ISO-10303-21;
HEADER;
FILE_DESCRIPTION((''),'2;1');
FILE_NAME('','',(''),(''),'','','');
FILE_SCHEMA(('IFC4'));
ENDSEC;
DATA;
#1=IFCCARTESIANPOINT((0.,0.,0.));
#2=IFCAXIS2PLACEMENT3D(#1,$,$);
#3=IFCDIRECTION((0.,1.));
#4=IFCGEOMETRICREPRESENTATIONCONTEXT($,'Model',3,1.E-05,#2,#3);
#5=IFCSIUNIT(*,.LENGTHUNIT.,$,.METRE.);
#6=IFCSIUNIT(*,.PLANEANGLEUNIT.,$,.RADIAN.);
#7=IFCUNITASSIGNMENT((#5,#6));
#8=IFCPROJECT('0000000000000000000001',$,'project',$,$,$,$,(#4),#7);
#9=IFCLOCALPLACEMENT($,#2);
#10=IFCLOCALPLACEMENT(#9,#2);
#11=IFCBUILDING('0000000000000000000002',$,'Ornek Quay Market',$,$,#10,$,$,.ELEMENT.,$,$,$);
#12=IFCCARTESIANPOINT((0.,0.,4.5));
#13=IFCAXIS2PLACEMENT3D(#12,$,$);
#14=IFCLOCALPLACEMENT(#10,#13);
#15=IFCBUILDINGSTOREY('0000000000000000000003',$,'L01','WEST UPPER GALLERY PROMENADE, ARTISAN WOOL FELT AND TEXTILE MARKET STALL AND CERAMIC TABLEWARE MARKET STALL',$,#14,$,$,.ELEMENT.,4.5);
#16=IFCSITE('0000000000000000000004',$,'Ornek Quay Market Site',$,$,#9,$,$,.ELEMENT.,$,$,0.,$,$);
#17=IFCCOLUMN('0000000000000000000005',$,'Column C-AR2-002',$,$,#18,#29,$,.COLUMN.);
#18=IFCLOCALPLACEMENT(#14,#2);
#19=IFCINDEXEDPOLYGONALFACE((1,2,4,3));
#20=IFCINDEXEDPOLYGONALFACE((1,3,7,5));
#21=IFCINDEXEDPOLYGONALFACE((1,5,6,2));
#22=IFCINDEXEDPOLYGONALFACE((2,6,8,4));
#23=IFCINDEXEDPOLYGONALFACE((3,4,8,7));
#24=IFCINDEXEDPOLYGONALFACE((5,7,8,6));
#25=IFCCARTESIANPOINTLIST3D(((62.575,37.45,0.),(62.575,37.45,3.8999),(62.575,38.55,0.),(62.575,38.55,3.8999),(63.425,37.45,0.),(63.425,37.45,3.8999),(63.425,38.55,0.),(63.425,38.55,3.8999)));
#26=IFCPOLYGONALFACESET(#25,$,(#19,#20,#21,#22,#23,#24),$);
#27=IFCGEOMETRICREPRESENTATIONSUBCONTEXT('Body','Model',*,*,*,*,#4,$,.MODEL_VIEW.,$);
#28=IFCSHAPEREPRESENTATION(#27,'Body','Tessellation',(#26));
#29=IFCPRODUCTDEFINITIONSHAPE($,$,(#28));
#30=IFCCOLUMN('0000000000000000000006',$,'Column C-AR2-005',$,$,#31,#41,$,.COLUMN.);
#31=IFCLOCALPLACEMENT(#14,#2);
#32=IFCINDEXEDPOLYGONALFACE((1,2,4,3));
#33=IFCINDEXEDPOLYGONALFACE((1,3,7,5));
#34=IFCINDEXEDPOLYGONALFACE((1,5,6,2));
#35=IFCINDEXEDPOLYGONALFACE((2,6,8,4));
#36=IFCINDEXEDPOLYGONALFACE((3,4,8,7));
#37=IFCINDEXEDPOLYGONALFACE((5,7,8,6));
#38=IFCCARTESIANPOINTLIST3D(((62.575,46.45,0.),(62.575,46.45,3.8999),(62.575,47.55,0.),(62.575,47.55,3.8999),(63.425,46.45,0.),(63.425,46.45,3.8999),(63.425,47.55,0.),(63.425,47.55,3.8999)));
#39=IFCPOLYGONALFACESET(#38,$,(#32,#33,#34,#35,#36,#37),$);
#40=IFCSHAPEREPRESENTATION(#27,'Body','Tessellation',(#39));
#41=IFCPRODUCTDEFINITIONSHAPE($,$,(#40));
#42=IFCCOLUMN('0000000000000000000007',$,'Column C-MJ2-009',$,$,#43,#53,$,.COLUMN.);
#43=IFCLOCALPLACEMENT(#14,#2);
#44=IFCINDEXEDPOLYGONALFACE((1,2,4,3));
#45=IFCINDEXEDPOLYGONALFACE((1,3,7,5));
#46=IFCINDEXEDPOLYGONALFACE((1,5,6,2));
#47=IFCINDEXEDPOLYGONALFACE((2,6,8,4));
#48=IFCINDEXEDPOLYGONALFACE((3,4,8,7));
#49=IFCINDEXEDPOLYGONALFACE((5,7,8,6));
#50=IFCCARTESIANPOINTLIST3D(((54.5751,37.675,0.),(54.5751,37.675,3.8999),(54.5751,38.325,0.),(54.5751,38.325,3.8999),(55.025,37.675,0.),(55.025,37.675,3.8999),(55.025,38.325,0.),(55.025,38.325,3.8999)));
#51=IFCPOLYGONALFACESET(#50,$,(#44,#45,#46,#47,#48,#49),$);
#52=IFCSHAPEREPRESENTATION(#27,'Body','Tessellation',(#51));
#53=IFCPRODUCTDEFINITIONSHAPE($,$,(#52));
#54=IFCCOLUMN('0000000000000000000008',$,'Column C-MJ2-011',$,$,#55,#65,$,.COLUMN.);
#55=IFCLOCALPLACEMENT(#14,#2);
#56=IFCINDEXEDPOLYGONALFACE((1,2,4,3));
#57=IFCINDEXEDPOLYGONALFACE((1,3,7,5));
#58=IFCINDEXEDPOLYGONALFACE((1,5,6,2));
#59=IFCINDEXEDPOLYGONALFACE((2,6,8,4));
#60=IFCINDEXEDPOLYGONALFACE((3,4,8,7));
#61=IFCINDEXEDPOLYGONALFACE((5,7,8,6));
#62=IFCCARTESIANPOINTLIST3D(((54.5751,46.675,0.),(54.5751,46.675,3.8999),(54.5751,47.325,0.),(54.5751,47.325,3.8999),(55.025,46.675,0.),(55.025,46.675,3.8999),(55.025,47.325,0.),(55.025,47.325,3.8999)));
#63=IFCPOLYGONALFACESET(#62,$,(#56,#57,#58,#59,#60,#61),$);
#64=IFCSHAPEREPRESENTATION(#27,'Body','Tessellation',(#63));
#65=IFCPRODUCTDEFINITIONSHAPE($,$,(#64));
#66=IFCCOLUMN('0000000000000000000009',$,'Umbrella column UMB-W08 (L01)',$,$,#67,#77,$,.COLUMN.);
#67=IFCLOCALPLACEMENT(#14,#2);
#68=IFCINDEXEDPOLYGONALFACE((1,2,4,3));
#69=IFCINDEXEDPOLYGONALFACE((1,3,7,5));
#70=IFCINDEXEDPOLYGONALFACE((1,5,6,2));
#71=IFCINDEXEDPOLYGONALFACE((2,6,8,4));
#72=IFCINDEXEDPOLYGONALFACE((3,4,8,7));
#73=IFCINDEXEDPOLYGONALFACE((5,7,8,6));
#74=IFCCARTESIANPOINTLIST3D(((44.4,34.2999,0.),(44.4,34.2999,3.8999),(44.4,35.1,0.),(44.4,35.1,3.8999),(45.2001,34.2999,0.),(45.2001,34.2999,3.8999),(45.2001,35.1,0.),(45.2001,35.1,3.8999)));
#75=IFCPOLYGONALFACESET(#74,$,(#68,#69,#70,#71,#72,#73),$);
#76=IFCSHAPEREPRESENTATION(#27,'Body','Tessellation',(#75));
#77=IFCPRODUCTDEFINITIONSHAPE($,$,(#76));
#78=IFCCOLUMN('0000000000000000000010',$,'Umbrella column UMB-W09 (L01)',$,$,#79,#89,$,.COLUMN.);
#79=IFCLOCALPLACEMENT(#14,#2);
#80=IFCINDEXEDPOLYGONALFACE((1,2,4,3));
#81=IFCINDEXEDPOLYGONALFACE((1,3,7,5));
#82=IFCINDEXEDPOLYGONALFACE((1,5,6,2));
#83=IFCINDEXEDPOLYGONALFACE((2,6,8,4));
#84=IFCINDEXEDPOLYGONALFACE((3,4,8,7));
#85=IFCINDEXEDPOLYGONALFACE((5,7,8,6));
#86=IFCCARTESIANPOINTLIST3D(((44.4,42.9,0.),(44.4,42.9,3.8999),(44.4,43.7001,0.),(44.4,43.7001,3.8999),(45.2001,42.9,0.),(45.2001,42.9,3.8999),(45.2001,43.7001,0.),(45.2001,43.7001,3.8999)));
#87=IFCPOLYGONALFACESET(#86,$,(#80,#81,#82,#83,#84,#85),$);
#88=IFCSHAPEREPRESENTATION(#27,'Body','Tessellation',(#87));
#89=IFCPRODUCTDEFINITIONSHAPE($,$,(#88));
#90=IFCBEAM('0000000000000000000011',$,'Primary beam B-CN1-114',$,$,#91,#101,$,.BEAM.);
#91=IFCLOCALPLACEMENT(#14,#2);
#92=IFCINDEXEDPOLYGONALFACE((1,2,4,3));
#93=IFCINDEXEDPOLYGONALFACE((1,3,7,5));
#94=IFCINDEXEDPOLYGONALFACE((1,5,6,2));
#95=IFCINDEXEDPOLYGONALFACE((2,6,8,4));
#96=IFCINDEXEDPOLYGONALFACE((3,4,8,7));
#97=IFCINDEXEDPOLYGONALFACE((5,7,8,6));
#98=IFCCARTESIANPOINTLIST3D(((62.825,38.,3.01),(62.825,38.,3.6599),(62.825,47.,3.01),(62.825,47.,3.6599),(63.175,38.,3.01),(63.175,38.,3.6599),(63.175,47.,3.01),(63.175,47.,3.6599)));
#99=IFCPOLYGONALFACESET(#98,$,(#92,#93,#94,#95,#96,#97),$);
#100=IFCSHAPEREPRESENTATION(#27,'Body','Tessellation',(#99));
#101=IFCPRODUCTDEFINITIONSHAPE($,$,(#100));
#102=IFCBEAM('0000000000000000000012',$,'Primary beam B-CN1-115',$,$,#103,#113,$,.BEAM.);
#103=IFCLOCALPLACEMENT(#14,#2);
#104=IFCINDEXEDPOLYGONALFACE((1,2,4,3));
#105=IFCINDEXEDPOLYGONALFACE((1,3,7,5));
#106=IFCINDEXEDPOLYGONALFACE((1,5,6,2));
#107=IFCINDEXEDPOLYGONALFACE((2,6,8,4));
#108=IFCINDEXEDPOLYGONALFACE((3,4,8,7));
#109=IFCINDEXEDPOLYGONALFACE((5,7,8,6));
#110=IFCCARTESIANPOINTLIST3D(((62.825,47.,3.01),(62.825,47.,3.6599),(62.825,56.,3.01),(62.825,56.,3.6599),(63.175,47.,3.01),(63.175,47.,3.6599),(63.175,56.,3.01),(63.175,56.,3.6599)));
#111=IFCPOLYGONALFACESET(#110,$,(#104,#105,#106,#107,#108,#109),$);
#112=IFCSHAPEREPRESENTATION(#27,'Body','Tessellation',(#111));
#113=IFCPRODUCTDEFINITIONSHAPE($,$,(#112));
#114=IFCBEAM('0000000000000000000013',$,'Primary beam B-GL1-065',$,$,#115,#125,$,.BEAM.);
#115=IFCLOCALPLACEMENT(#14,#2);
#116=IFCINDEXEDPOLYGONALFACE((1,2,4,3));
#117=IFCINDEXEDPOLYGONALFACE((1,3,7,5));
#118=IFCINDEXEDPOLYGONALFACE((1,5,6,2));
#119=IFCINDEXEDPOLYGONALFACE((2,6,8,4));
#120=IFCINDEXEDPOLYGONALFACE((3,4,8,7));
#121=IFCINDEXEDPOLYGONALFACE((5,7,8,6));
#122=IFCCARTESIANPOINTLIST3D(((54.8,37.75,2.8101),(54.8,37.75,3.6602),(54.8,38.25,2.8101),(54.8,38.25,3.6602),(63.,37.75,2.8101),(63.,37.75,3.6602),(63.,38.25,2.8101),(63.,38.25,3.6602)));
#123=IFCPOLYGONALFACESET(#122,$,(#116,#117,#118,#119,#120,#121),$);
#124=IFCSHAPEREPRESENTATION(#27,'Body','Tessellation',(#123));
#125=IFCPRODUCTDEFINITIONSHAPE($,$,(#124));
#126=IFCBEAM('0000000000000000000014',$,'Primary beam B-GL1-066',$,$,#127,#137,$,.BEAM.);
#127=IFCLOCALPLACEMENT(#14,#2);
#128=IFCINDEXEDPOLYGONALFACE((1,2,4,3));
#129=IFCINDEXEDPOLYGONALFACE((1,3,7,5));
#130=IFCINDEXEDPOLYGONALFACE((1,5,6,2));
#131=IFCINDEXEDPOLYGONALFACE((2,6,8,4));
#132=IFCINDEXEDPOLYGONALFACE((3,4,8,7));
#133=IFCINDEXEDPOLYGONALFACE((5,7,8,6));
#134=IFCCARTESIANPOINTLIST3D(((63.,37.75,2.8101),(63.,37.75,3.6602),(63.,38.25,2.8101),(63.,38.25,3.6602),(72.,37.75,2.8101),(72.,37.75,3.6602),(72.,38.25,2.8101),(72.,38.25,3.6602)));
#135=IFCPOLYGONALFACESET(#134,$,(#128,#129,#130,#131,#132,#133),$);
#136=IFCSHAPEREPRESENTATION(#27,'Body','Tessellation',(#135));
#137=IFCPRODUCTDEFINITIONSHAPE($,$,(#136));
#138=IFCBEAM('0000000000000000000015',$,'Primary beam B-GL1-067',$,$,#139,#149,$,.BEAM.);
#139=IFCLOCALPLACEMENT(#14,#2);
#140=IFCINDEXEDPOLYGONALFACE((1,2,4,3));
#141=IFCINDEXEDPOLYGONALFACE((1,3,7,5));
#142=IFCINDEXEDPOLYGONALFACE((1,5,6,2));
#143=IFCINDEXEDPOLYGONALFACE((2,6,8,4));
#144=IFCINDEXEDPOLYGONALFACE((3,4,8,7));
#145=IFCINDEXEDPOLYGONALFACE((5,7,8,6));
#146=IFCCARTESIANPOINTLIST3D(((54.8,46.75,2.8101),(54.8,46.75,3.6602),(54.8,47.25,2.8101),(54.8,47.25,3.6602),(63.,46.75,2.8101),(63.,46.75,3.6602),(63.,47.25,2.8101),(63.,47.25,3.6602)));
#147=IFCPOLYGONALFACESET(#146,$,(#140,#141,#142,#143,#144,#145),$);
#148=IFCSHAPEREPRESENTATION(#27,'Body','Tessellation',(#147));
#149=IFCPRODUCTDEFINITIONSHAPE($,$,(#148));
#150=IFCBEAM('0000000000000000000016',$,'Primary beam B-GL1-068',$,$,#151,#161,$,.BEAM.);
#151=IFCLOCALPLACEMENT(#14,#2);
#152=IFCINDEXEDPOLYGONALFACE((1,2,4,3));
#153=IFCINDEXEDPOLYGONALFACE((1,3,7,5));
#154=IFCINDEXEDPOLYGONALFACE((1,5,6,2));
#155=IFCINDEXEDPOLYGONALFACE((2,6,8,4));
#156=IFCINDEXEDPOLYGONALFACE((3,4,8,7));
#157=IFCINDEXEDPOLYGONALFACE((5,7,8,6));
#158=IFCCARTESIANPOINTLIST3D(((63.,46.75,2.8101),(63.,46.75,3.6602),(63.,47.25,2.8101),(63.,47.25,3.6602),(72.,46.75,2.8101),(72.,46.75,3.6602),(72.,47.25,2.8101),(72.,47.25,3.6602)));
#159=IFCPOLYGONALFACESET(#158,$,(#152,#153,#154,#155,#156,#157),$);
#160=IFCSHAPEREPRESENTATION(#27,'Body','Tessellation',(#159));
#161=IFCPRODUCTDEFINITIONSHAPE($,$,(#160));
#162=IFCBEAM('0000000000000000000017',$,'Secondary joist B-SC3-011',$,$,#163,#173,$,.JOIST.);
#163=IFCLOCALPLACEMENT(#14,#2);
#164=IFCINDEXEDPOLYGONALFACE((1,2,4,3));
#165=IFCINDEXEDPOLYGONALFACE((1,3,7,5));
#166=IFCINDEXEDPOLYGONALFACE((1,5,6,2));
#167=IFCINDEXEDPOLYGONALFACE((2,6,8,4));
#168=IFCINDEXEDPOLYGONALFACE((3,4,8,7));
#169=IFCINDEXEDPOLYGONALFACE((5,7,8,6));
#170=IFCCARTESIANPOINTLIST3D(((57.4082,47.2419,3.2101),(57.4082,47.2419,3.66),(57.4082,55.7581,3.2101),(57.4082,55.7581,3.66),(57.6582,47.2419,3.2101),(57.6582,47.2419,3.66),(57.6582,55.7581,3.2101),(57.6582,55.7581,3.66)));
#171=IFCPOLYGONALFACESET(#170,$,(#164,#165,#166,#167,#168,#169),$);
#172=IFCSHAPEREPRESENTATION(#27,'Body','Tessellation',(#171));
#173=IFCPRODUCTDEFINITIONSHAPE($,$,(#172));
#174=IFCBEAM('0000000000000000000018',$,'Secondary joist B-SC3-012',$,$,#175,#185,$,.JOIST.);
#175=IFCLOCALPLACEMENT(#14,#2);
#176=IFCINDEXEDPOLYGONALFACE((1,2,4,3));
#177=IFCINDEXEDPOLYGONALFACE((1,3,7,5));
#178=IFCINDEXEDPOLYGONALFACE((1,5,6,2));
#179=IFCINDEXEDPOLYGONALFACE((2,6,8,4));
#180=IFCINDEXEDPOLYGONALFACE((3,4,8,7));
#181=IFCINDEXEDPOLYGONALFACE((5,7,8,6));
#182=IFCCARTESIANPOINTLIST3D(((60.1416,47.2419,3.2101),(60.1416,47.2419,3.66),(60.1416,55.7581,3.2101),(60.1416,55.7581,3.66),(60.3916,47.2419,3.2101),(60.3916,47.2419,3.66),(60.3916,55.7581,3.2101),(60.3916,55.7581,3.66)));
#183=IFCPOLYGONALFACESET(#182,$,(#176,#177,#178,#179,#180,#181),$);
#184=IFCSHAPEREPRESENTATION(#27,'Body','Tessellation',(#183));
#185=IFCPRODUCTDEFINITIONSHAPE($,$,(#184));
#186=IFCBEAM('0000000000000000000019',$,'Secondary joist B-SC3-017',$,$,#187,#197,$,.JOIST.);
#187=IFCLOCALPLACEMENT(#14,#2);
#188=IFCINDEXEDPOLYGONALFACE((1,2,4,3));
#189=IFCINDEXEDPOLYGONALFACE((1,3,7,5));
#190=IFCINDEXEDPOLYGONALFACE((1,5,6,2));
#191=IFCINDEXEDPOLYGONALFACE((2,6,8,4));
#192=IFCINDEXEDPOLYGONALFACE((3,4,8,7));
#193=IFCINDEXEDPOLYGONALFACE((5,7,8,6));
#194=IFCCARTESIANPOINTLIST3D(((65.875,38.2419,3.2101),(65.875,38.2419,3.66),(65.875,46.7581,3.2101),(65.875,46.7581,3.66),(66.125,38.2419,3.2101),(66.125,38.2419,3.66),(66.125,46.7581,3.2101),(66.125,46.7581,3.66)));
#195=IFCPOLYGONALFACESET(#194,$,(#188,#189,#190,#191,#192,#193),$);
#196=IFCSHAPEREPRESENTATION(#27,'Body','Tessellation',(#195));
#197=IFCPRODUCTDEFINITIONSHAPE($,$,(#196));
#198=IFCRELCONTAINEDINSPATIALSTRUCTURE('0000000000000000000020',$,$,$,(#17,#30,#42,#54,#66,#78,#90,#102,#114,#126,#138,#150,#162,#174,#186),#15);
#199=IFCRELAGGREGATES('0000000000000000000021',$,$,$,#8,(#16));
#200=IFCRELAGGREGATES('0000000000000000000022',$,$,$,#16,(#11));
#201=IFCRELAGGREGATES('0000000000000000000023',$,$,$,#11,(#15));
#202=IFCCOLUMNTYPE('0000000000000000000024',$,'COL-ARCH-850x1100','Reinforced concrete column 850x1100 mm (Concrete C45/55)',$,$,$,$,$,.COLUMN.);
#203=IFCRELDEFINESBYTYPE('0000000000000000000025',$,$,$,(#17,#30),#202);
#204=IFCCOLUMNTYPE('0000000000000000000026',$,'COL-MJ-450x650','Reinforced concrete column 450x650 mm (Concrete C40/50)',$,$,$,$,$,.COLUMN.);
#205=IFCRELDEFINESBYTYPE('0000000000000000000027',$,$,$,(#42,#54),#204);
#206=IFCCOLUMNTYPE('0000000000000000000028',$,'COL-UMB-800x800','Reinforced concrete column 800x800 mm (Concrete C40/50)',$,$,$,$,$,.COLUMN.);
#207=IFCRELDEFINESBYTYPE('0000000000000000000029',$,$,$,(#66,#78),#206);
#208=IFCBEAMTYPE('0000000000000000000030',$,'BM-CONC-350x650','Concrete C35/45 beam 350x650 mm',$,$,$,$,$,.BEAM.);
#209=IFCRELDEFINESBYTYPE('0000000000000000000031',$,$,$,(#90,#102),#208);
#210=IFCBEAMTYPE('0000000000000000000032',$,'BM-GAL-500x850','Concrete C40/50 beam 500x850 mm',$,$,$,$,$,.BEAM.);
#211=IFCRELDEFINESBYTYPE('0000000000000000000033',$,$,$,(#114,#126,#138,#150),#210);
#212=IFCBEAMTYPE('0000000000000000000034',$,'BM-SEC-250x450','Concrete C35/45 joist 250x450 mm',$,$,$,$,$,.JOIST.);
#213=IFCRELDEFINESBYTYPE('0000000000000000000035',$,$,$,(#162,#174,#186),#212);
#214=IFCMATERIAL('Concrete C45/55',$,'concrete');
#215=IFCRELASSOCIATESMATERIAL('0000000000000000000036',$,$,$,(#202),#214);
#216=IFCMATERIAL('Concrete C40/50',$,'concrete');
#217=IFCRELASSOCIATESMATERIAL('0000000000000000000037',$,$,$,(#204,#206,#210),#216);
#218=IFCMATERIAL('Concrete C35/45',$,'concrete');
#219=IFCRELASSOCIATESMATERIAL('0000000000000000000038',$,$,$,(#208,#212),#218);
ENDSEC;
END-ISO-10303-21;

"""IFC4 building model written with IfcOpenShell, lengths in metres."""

from ifc_helpers import new_model, si_unit, direction, frame, origin, origin_2d, place, context, subcontext, project, spatial, rectangle, extrude, material, material_profile, profile_set, type_object, element, save


model = new_model("IFC4")

# Units and contexts
model_context = context("Model", 3, precision=1e-05, world=origin(), true_north=direction((0.0, 1.0)))
body_context = subcontext(model_context, "Body", "Model", "MODEL_VIEW")
ifc_project = project(units=[si_unit("LENGTHUNIT", "METRE"), si_unit("PLANEANGLEUNIT", "RADIAN")], contexts=[model_context])

# Site, building, storey
site_placement = place(None, origin())
site = spatial("IfcSite", under=ifc_project, at=site_placement, Name="Ornek Quay Market Site", CompositionType="ELEMENT", RefElevation=0.0)
building_placement = place(site_placement, origin())
building = spatial("IfcBuilding", under=site, at=building_placement, Name="Ornek Quay Market", CompositionType="ELEMENT")
storey_placement = place(building_placement, frame((0.0, 0.0, 4.5)))
storey = spatial("IfcBuildingStorey", under=building, at=storey_placement, Name="L01", Description="WEST UPPER GALLERY PROMENADE, ARTISAN WOOL FELT AND TEXTILE MARKET STALL AND CERAMIC TABLEWARE MARKET STALL", CompositionType="ELEMENT", Elevation=4.5)

# Columns
ifc_material_1 = material(Name="Concrete C45/55", Category="concrete")
ifc_material_profile_1 = material_profile(ifc_material_1, rectangle(XDim=0.8501, YDim=1.1001, at=origin_2d()), Name="RC 850x1100", Category="concrete")
ifc_profile_set_1 = profile_set([ifc_material_profile_1], Name="Concrete C45/55")
column_type_1 = type_object("IfcColumnType", Name="COL-ARCH-850x1100", Description="Reinforced concrete column 850x1100 mm (Concrete C45/55)", PredefinedType="COLUMN", material=ifc_profile_set_1)
for number, where, z_axis, x_axis, name in (
    (1, (63.0, 38.0, 0.0), (0.0, 0.0, 1.0), (1.0, 0.0, 0.0), "Column C-AR2-002"),
    (2, (63.0, 47.0, 0.0), (0.0, 0.0, 1.0), (1.0, 0.0, 0.0), "Column C-AR2-005"),
):
    element("IfcColumn", number, at=place(storey_placement, frame(where, z_axis=z_axis, x_axis=x_axis)), inside=storey, type_object=column_type_1, Name=name, PredefinedType="COLUMN", context=body_context, shape_type="SweptSolid", body=[
        extrude(rectangle(XDim=0.8501, YDim=1.1001, at=origin_2d()), origin(), (0.0, 0.0, 1.0), 3.8999),
    ])
ifc_material_2 = material(Name="Concrete C40/50", Category="concrete")
ifc_material_profile_2 = material_profile(ifc_material_2, rectangle(XDim=0.45, YDim=0.6499, at=origin_2d()), Name="RC 450x650", Category="concrete")
ifc_profile_set_2 = profile_set([ifc_material_profile_2], Name="Concrete C40/50")
column_type_2 = type_object("IfcColumnType", Name="COL-MJ-450x650", Description="Reinforced concrete column 450x650 mm (Concrete C40/50)", PredefinedType="COLUMN", material=ifc_profile_set_2)
for number, where, z_axis, x_axis, name in (
    (3, (54.8, 38.0, 0.0), (0.0, 0.0, 1.0), (1.0, 0.0, 0.0), "Column C-MJ2-009"),
    (4, (54.8, 47.0, 0.0), (0.0, 0.0, 1.0), (1.0, 0.0, 0.0), "Column C-MJ2-011"),
):
    element("IfcColumn", number, at=place(storey_placement, frame(where, z_axis=z_axis, x_axis=x_axis)), inside=storey, type_object=column_type_2, Name=name, PredefinedType="COLUMN", context=body_context, shape_type="SweptSolid", body=[
        extrude(rectangle(XDim=0.45, YDim=0.6499, at=origin_2d()), origin(), (0.0, 0.0, 1.0), 3.8999),
    ])
ifc_material_profile_3 = material_profile(ifc_material_2, rectangle(XDim=0.8, YDim=0.8, at=origin_2d()), Name="RC 800x800", Category="concrete")
ifc_profile_set_3 = profile_set([ifc_material_profile_3], Name="Concrete C40/50")
column_type_3 = type_object("IfcColumnType", Name="COL-UMB-800x800", Description="Reinforced concrete column 800x800 mm (Concrete C40/50)", PredefinedType="COLUMN", material=ifc_profile_set_3)
for number, where, z_axis, x_axis, name in (
    (5, (44.8, 34.7, 0.0), (0.0, 0.0, 1.0), (1.0, 0.0, 0.0), "Umbrella column UMB-W08 (L01)"),
    (6, (44.8, 43.3, 0.0), (0.0, 0.0, 1.0), (1.0, 0.0, 0.0), "Umbrella column UMB-W09 (L01)"),
):
    element("IfcColumn", number, at=place(storey_placement, frame(where, z_axis=z_axis, x_axis=x_axis)), inside=storey, type_object=column_type_3, Name=name, PredefinedType="COLUMN", context=body_context, shape_type="SweptSolid", body=[
        extrude(rectangle(XDim=0.8, YDim=0.8, at=origin_2d()), origin(), (0.0, 0.0, 1.0), 3.8999),
    ])

# Beams
ifc_material_3 = material(Name="Concrete C35/45", Category="concrete")
ifc_material_profile_4 = material_profile(ifc_material_3, rectangle(XDim=0.3501, YDim=0.6499, at=origin_2d()), Name="RC 350x650", Category="concrete")
ifc_profile_set_4 = profile_set([ifc_material_profile_4], Name="Concrete C35/45")
beam_type_1 = type_object("IfcBeamType", Name="BM-CONC-350x650", Description="Concrete C35/45 beam 350x650 mm", PredefinedType="BEAM", material=ifc_profile_set_4)
for number, where, z_axis, x_axis, name in (
    (7, (63.0, 38.0, 3.335), (0.0, 1.0, 0.0), (-1.0, 0.0, 0.0), "Primary beam B-CN1-114"),
    (8, (63.0, 47.0, 3.335), (0.0, 1.0, 0.0), (-1.0, 0.0, 0.0), "Primary beam B-CN1-115"),
):
    element("IfcBeam", number, at=place(storey_placement, frame(where, z_axis=z_axis, x_axis=x_axis)), inside=storey, type_object=beam_type_1, Name=name, PredefinedType="BEAM", context=body_context, shape_type="SweptSolid", body=[
        extrude(rectangle(XDim=0.3501, YDim=0.6499, at=origin_2d()), origin(), (0.0, 0.0, 1.0), 9.0),
    ])
ifc_material_profile_5 = material_profile(ifc_material_2, rectangle(XDim=0.5, YDim=0.8501, at=origin_2d()), Name="RC 500x850", Category="concrete")
ifc_profile_set_5 = profile_set([ifc_material_profile_5], Name="Concrete C40/50")
beam_type_2 = type_object("IfcBeamType", Name="BM-GAL-500x850", Description="Concrete C40/50 beam 500x850 mm", PredefinedType="BEAM", material=ifc_profile_set_5)
beam_1_placement = place(storey_placement, frame((54.8, 38.0, 3.2351), z_axis=(1.0, 0.0, 0.0), x_axis=(0.0, 1.0, 0.0)))
element("IfcBeam", 9, at=beam_1_placement, inside=storey, type_object=beam_type_2, Name="Primary beam B-GL1-065", PredefinedType="BEAM", context=body_context, shape_type="SweptSolid", body=[
    extrude(rectangle(XDim=0.5, YDim=0.8501, at=origin_2d()), origin(), (0.0, 0.0, 1.0), 8.2),
])
beam_2_placement = place(storey_placement, frame((63.0, 38.0, 3.2351), z_axis=(1.0, 0.0, 0.0), x_axis=(0.0, 1.0, 0.0)))
element("IfcBeam", 10, at=beam_2_placement, inside=storey, type_object=beam_type_2, Name="Primary beam B-GL1-066", PredefinedType="BEAM", context=body_context, shape_type="SweptSolid", body=[
    extrude(rectangle(XDim=0.5, YDim=0.8501, at=origin_2d()), origin(), (0.0, 0.0, 1.0), 9.0),
])
beam_3_placement = place(storey_placement, frame((54.8, 47.0, 3.2351), z_axis=(1.0, 0.0, 0.0), x_axis=(0.0, 1.0, 0.0)))
element("IfcBeam", 11, at=beam_3_placement, inside=storey, type_object=beam_type_2, Name="Primary beam B-GL1-067", PredefinedType="BEAM", context=body_context, shape_type="SweptSolid", body=[
    extrude(rectangle(XDim=0.5, YDim=0.8501, at=origin_2d()), origin(), (0.0, 0.0, 1.0), 8.2),
])
beam_4_placement = place(storey_placement, frame((63.0, 47.0, 3.2351), z_axis=(1.0, 0.0, 0.0), x_axis=(0.0, 1.0, 0.0)))
element("IfcBeam", 12, at=beam_4_placement, inside=storey, type_object=beam_type_2, Name="Primary beam B-GL1-068", PredefinedType="BEAM", context=body_context, shape_type="SweptSolid", body=[
    extrude(rectangle(XDim=0.5, YDim=0.8501, at=origin_2d()), origin(), (0.0, 0.0, 1.0), 9.0),
])
ifc_material_profile_6 = material_profile(ifc_material_3, rectangle(XDim=0.25, YDim=0.45, at=origin_2d()), Name="RC 250x450", Category="concrete")
ifc_profile_set_6 = profile_set([ifc_material_profile_6], Name="Concrete C35/45")
beam_type_3 = type_object("IfcBeamType", Name="BM-SEC-250x450", Description="Concrete C35/45 joist 250x450 mm", PredefinedType="JOIST", material=ifc_profile_set_6)
for number, where, z_axis, x_axis, name in (
    (13, (57.5332, 47.2419, 3.4351), (0.0, 1.0, 0.0), (-1.0, 0.0, 0.0), "Secondary joist B-SC3-011"),
    (14, (60.2666, 47.2419, 3.4351), (0.0, 1.0, 0.0), (-1.0, 0.0, 0.0), "Secondary joist B-SC3-012"),
    (15, (66.0, 38.2419, 3.4351), (0.0, 1.0, 0.0), (-1.0, 0.0, 0.0), "Secondary joist B-SC3-017"),
):
    element("IfcBeam", number, at=place(storey_placement, frame(where, z_axis=z_axis, x_axis=x_axis)), inside=storey, type_object=beam_type_3, Name=name, PredefinedType="JOIST", context=body_context, shape_type="SweptSolid", body=[
        extrude(rectangle(XDim=0.25, YDim=0.45, at=origin_2d()), origin(), (0.0, 0.0, 1.0), 8.5161),
    ])

save(model, "model.ifc")
